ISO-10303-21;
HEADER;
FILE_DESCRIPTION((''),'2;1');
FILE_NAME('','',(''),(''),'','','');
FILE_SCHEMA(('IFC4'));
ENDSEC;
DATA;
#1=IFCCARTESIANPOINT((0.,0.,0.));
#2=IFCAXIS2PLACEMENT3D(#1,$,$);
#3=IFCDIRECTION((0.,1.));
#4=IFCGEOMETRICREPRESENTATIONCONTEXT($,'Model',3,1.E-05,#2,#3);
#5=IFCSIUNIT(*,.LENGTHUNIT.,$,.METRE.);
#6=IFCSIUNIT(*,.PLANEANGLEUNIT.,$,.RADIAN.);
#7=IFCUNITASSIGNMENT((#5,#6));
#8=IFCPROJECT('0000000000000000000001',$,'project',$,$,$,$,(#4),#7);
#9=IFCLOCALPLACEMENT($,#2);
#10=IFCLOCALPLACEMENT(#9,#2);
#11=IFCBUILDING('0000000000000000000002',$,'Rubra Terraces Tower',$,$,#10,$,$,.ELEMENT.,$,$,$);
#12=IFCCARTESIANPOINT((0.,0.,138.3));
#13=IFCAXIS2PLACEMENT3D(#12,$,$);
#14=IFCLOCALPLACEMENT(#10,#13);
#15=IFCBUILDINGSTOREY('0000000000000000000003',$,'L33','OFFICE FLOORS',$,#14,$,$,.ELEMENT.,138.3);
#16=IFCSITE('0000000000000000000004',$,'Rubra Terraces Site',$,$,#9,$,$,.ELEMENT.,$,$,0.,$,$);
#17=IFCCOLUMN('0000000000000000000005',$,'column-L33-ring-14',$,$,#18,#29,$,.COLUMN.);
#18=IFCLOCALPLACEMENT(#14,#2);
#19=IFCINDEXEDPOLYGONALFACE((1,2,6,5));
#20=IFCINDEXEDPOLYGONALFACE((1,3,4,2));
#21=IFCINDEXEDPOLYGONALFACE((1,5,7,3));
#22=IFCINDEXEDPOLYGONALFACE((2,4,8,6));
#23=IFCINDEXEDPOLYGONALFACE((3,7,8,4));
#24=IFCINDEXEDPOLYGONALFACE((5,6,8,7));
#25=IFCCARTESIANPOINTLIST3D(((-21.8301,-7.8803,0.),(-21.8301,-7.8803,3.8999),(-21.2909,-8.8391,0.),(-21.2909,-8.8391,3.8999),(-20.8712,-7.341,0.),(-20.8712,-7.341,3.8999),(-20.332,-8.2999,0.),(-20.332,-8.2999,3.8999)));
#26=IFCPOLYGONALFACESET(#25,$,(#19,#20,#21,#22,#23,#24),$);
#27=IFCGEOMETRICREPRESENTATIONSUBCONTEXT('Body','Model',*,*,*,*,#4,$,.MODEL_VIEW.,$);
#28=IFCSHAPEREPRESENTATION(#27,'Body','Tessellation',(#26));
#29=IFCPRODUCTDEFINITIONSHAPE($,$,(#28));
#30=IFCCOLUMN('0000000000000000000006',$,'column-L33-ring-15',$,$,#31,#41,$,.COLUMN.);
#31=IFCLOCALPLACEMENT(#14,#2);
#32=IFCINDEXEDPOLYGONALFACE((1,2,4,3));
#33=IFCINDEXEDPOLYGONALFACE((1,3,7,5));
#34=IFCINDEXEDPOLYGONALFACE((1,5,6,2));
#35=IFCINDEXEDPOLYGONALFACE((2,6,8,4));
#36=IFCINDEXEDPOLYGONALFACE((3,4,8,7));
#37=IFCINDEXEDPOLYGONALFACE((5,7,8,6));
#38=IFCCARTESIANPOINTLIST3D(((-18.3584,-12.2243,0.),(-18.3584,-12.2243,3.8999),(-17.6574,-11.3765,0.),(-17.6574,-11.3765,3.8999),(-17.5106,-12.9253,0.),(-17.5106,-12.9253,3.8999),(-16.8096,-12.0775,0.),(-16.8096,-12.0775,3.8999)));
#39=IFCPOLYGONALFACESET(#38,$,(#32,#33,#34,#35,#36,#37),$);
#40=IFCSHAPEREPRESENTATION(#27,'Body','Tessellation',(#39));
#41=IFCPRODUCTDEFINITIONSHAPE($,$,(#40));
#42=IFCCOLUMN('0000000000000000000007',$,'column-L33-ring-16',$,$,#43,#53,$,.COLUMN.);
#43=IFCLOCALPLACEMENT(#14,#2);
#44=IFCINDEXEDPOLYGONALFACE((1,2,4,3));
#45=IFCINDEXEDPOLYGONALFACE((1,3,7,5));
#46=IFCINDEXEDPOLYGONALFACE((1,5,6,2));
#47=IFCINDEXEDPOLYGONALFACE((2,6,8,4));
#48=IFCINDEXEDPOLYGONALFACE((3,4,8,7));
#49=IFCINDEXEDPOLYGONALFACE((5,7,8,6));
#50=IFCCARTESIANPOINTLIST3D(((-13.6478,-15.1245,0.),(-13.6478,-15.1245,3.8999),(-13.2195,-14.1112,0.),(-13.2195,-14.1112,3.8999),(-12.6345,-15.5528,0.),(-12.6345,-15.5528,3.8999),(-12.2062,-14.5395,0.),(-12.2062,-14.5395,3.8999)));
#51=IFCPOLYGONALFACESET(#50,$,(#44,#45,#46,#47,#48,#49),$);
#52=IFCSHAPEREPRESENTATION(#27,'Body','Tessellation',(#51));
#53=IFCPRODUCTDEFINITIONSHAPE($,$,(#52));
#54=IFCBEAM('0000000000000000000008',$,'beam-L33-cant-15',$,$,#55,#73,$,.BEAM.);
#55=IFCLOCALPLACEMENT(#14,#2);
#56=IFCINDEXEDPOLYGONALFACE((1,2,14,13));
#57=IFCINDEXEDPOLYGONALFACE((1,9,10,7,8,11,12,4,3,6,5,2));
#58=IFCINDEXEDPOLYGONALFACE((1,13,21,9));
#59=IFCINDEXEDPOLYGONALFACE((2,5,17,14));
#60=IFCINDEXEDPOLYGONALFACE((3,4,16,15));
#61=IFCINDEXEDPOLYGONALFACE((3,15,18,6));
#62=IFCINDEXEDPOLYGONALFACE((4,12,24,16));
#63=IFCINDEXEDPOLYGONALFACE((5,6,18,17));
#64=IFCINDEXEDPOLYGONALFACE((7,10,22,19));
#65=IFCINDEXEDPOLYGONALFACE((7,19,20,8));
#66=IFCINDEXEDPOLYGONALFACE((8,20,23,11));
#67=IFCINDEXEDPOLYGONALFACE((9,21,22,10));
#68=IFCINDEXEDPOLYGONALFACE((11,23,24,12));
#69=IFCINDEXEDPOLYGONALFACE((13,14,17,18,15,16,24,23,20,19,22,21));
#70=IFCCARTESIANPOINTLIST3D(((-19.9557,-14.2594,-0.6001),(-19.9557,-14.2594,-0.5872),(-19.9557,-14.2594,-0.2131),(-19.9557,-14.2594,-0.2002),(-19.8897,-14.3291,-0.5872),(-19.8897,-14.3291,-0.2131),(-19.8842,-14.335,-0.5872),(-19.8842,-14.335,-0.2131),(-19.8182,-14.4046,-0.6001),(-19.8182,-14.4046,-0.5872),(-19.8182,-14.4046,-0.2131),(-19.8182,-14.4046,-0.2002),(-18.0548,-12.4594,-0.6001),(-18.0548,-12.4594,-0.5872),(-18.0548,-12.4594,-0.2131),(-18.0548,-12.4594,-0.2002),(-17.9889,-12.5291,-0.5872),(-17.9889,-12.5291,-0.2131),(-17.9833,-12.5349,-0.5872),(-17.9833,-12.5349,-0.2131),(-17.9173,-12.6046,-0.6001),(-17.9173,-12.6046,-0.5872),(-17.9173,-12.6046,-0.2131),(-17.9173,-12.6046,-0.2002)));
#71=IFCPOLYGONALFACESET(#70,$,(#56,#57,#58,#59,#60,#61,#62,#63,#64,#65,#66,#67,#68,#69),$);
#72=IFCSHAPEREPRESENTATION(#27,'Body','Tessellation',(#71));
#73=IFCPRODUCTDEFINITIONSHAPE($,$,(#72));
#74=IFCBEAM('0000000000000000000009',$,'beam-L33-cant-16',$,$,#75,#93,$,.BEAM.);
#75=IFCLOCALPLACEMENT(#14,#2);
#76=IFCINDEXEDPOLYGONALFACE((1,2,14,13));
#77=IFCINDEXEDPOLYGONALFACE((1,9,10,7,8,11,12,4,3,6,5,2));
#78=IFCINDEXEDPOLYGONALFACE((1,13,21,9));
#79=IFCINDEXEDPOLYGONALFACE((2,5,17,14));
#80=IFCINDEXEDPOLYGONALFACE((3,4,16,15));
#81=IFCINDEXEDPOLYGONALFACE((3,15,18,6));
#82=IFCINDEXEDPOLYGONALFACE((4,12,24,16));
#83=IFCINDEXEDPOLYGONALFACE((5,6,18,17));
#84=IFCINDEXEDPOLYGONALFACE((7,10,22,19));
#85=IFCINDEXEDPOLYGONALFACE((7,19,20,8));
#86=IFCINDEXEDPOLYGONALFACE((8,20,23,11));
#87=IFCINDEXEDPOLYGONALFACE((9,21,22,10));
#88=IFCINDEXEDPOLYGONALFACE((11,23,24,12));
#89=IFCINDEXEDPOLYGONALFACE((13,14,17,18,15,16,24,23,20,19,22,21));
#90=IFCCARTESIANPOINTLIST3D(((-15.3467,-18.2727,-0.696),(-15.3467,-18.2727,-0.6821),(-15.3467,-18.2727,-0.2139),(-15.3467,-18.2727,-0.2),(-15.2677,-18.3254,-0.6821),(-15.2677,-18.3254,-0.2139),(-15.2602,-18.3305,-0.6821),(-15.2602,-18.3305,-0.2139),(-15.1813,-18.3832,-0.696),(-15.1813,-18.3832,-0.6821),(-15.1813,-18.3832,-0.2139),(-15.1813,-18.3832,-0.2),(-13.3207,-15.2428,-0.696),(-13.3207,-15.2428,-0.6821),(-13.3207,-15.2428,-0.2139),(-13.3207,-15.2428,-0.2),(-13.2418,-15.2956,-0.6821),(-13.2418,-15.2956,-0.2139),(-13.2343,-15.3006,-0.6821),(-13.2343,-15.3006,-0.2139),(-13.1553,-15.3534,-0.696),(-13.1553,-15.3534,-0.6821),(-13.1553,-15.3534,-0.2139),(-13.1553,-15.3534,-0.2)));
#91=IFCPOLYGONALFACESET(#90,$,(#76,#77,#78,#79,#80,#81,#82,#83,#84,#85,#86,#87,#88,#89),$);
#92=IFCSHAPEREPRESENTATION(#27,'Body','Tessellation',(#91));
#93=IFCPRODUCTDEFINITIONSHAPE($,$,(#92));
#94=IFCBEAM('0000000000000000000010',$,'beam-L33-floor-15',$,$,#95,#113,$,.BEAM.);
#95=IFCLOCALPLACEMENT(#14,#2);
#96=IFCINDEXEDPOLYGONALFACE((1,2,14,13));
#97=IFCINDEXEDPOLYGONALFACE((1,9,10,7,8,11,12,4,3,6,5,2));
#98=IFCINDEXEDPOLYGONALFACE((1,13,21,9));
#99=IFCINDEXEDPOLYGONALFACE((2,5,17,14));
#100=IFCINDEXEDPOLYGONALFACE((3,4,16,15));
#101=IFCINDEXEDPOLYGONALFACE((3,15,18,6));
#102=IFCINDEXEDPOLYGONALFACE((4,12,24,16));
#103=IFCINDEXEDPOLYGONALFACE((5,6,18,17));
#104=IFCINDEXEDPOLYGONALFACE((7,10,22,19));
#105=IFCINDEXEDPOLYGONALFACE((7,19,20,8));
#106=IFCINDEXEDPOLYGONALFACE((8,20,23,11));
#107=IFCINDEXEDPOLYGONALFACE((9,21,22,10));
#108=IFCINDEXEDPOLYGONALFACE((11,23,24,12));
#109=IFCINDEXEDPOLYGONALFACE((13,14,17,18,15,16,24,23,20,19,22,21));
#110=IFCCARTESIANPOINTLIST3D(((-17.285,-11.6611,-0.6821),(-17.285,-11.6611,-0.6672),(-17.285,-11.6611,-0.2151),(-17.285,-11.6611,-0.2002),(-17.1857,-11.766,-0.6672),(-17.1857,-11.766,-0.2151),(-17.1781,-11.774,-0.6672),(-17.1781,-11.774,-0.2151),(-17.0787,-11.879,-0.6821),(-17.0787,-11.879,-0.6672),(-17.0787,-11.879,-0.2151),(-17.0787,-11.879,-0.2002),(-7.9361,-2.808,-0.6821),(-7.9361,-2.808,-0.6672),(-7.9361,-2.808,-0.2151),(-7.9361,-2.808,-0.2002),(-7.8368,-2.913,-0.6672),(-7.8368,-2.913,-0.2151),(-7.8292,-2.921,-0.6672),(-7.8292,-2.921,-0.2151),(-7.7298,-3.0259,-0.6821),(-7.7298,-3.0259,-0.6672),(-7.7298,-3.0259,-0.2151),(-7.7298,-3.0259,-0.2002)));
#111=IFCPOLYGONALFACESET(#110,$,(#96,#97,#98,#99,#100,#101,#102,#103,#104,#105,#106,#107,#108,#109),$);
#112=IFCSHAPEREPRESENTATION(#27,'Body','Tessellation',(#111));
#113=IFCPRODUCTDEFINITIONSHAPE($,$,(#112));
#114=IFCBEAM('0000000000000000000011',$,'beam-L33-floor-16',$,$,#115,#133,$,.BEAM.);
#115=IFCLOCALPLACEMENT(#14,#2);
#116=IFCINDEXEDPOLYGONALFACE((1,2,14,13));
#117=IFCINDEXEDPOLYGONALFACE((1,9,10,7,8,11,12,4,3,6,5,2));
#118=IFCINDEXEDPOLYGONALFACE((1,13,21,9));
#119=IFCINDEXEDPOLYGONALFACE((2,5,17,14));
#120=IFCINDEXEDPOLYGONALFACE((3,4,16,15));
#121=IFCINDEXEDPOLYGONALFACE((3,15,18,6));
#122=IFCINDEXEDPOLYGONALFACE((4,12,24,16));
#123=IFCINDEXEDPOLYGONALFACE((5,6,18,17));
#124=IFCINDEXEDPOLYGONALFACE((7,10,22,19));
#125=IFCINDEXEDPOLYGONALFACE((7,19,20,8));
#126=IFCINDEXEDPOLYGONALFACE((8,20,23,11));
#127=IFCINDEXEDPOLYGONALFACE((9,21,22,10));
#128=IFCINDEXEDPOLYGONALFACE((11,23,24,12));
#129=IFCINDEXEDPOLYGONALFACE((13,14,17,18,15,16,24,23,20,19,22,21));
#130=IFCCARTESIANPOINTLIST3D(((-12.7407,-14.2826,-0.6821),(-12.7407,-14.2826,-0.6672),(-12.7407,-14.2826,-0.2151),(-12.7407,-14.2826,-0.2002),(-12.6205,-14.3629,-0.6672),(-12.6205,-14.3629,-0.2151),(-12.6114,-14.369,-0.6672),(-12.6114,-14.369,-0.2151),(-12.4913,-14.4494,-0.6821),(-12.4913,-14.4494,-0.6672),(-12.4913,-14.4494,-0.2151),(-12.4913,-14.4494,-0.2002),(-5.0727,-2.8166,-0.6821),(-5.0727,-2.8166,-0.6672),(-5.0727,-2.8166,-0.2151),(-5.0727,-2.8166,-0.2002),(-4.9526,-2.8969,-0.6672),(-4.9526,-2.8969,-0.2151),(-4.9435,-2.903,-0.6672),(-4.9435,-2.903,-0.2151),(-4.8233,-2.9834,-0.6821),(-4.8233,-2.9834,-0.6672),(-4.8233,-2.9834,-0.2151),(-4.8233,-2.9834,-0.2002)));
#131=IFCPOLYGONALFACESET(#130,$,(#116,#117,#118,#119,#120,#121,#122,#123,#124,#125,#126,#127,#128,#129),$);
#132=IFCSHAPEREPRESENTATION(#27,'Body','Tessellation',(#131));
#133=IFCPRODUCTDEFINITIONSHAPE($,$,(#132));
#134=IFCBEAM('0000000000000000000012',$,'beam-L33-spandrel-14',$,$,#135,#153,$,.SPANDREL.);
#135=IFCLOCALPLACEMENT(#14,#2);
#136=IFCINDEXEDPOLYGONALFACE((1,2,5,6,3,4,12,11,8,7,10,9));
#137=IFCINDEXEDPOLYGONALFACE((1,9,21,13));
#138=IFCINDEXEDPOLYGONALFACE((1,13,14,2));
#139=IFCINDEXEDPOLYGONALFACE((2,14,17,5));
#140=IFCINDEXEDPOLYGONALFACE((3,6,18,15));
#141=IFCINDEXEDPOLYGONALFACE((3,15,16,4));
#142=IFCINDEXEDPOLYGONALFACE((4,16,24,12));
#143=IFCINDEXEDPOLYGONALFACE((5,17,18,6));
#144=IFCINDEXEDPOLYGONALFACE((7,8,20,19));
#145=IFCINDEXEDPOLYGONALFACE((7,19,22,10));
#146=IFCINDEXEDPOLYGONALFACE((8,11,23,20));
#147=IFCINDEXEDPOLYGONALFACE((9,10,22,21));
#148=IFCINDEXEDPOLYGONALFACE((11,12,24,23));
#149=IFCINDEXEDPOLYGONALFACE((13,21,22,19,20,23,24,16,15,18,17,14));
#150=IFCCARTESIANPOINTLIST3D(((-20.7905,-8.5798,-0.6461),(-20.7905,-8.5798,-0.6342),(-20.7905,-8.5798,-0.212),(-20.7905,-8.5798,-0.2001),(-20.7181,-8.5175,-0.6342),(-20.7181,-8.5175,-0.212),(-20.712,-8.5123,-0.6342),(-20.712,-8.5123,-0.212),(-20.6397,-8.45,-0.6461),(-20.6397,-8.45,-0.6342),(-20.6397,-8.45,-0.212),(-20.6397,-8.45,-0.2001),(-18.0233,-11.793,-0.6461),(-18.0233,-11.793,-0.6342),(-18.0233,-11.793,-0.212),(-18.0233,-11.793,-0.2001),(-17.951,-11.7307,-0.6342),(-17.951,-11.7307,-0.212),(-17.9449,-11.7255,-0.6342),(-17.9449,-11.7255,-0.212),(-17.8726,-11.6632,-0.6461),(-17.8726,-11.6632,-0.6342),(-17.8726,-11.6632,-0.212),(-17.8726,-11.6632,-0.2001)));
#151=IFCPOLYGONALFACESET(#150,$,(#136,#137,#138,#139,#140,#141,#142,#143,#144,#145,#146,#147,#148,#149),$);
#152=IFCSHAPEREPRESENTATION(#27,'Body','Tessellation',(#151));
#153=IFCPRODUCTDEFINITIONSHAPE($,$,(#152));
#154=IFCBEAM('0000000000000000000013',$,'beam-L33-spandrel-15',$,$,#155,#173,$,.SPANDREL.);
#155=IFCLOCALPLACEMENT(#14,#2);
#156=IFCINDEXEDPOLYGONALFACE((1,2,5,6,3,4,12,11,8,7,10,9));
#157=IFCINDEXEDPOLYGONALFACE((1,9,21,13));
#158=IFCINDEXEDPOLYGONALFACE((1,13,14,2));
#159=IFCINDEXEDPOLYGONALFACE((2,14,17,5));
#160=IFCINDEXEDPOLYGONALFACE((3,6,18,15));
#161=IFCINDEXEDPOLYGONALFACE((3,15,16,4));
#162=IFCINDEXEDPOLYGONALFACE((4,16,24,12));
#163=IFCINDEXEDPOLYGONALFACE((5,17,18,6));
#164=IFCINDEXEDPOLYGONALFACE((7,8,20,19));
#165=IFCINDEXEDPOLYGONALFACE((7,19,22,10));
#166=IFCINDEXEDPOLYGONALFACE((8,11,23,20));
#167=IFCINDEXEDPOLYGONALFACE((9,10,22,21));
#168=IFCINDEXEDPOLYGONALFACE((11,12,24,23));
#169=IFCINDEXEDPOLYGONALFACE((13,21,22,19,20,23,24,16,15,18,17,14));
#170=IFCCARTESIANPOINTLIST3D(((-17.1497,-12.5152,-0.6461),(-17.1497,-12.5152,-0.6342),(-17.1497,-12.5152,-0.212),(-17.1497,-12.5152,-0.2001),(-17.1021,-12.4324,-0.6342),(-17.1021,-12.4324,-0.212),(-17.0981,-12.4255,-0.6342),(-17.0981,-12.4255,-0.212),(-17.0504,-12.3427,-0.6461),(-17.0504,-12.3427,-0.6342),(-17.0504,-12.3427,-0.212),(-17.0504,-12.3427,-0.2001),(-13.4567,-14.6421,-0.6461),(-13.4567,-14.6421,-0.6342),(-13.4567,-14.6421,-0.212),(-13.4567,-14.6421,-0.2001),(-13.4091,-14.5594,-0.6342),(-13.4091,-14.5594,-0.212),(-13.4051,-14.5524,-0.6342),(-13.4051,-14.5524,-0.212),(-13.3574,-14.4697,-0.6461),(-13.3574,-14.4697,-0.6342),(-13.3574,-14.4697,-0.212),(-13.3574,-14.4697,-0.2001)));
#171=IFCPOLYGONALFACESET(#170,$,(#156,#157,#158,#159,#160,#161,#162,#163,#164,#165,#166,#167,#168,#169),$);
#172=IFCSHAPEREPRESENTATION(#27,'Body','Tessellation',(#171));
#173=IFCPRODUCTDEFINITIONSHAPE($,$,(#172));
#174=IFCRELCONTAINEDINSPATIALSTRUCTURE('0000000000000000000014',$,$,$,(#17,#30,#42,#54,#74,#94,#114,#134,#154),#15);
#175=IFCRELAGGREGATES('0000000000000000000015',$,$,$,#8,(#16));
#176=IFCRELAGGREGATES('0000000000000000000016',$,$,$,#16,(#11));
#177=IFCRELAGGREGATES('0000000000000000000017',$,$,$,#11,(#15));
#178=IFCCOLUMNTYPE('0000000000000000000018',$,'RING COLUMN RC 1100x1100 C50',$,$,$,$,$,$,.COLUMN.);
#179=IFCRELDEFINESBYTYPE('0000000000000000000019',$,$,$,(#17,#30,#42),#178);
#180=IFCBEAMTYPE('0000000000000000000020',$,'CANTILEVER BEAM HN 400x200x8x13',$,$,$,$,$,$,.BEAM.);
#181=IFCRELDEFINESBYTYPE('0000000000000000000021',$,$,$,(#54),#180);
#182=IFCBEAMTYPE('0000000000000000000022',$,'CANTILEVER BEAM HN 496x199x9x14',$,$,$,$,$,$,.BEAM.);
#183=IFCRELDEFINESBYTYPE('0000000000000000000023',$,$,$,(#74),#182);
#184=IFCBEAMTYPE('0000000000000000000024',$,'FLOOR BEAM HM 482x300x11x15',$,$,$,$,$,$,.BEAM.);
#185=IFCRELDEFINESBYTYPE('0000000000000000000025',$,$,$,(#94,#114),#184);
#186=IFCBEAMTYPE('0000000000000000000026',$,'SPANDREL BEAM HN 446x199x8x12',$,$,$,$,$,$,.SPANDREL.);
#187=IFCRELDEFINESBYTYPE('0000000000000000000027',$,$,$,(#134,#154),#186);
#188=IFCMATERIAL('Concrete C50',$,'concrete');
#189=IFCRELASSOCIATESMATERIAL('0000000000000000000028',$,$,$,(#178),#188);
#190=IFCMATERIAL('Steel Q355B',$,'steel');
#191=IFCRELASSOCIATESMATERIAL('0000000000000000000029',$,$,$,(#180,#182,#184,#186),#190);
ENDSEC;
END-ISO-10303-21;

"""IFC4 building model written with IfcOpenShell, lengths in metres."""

from ifc_helpers import new_model, si_unit, direction, frame, origin, origin_2d, place, context, subcontext, project, spatial, rectangle, i_section, extrude, material, material_profile, profile_set, type_object, element, save


model = new_model("IFC4")

# Units and contexts
model_context = context("Model", 3, precision=1e-05, world=origin(), true_north=direction((0.0, 1.0)))
body_context = subcontext(model_context, "Body", "Model", "MODEL_VIEW")
ifc_project = project(units=[si_unit("LENGTHUNIT", "METRE"), si_unit("PLANEANGLEUNIT", "RADIAN")], contexts=[model_context])

# Site, building, storey
site_placement = place(None, origin())
site = spatial("IfcSite", under=ifc_project, at=site_placement, Name="Rubra Terraces Site", CompositionType="ELEMENT", RefElevation=0.0)
building_placement = place(site_placement, origin())
building = spatial("IfcBuilding", under=site, at=building_placement, Name="Rubra Terraces Tower", CompositionType="ELEMENT")
storey_placement = place(building_placement, frame((0.0, 0.0, 138.3)))
storey = spatial("IfcBuildingStorey", under=building, at=storey_placement, Name="L33", Description="OFFICE FLOORS", CompositionType="ELEMENT", Elevation=138.3)

# Columns
ifc_material_1 = material(Name="Concrete C50", Category="concrete")
ifc_material_profile_1 = material_profile(ifc_material_1, rectangle(XDim=1.1001, YDim=1.1001, at=origin_2d()), Name="RC 1100x1100")
ifc_profile_set_1 = profile_set([ifc_material_profile_1], Name="Concrete C50")
column_type = type_object("IfcColumnType", Name="RING COLUMN RC 1100x1100 C50", PredefinedType="COLUMN", material=ifc_profile_set_1)
for number, where, z_axis, x_axis, name in (
    (1, (-21.0811, -8.0901, 0.0), (0.0, 0.0, 1.0), (0.490162, -0.871631, 0.0), "column-L33-ring-14"),
    (2, (-17.584, -12.1509, 0.0), (0.0, 0.0, 1.0), (0.770679, -0.637223, 0.0), "column-L33-ring-15"),
    (3, (-12.927, -14.832, 0.0), (0.0, 0.0, 1.0), (0.921106, -0.389313, 0.0), "column-L33-ring-16"),
):
    element("IfcColumn", number, at=place(storey_placement, frame(where, z_axis=z_axis, x_axis=x_axis)), inside=storey, type_object=column_type, Name=name, PredefinedType="COLUMN", context=body_context, shape_type="SweptSolid", body=[
        extrude(rectangle(XDim=1.1001, YDim=1.1001, at=origin_2d()), origin(), (0.0, 0.0, 1.0), 3.8999),
    ])

# Beams
ifc_material_2 = material(Name="Steel Q355B", Category="steel")
ifc_material_profile_2 = material_profile(ifc_material_2, i_section(OverallWidth=0.2, OverallDepth=0.3999, WebThickness=0.0081, FlangeThickness=0.0129, at=origin_2d()), Name="HN 400x200x8x13")
ifc_profile_set_2 = profile_set([ifc_material_profile_2], Name="Steel Q355B")
beam_type_1 = type_object("IfcBeamType", Name="CANTILEVER BEAM HN 400x200x8x13", PredefinedType="BEAM", material=ifc_profile_set_2)
beam_1_placement = place(storey_placement, frame((-17.9861, -12.532, -0.4001), z_axis=(-0.726102, -0.687587, 0.0), x_axis=(0.687587, -0.726102, 0.0)))
element("IfcBeam", 4, at=beam_1_placement, inside=storey, type_object=beam_type_1, Name="beam-L33-cant-15", PredefinedType="BEAM", context=body_context, shape_type="SweptSolid", body=[
    extrude(i_section(OverallWidth=0.2, OverallDepth=0.3999, WebThickness=0.0081, FlangeThickness=0.0129, at=origin_2d()), origin(), (0.0, 0.0, 1.0), 2.6179),
])
ifc_material_profile_3 = material_profile(ifc_material_2, i_section(OverallWidth=0.199, OverallDepth=0.4961, WebThickness=0.009, FlangeThickness=0.0139, at=origin_2d()), Name="HN 496x199x9x14")
ifc_profile_set_3 = profile_set([ifc_material_profile_3], Name="Steel Q355B")
beam_type_2 = type_object("IfcBeamType", Name="CANTILEVER BEAM HN 496x199x9x14", PredefinedType="BEAM", material=ifc_profile_set_3)
beam_2_placement = place(storey_placement, frame((-13.238, -15.2981, -0.448), z_axis=(-0.555844, -0.831287, 0.0), x_axis=(0.831287, -0.555844, 0.0)))
element("IfcBeam", 5, at=beam_2_placement, inside=storey, type_object=beam_type_2, Name="beam-L33-cant-16", PredefinedType="BEAM", context=body_context, shape_type="SweptSolid", body=[
    extrude(i_section(OverallWidth=0.199, OverallDepth=0.4961, WebThickness=0.009, FlangeThickness=0.0139, at=origin_2d()), origin(), (0.0, 0.0, 1.0), 3.6448),
])
ifc_material_profile_4 = material_profile(ifc_material_2, i_section(OverallWidth=0.3, OverallDepth=0.4819, WebThickness=0.011, FlangeThickness=0.0149, at=origin_2d()), Name="HM 482x300x11x15")
ifc_profile_set_4 = profile_set([ifc_material_profile_4], Name="Steel Q355B")
beam_type_3 = type_object("IfcBeamType", Name="FLOOR BEAM HM 482x300x11x15", PredefinedType="BEAM", material=ifc_profile_set_4)
beam_3_placement = place(storey_placement, frame((-17.1819, -11.77, -0.4412), z_axis=(0.7261, 0.687589, 0.0), x_axis=(-0.687589, 0.7261, 0.0)))
element("IfcBeam", 6, at=beam_3_placement, inside=storey, type_object=beam_type_3, Name="beam-L33-floor-15", PredefinedType="BEAM", context=body_context, shape_type="SweptSolid", body=[
    extrude(i_section(OverallWidth=0.3, OverallDepth=0.4819, WebThickness=0.011, FlangeThickness=0.0149, at=origin_2d()), origin(), (0.0, 0.0, 1.0), 12.8755),
])
beam_4_placement = place(storey_placement, frame((-12.616, -14.366, -0.4412), z_axis=(0.5559, 0.831249, 0.0), x_axis=(-0.831249, 0.5559, 0.0)))
element("IfcBeam", 7, at=beam_4_placement, inside=storey, type_object=beam_type_3, Name="beam-L33-floor-16", PredefinedType="BEAM", context=body_context, shape_type="SweptSolid", body=[
    extrude(i_section(OverallWidth=0.3, OverallDepth=0.4819, WebThickness=0.011, FlangeThickness=0.0149, at=origin_2d()), origin(), (0.0, 0.0, 1.0), 13.7937),
])
ifc_material_profile_5 = material_profile(ifc_material_2, i_section(OverallWidth=0.199, OverallDepth=0.446, WebThickness=0.0081, FlangeThickness=0.012, at=origin_2d()), Name="HN 446x199x8x12")
ifc_profile_set_5 = profile_set([ifc_material_profile_5], Name="Steel Q355B")
beam_type_4 = type_object("IfcBeamType", Name="SPANDREL BEAM HN 446x199x8x12", PredefinedType="SPANDREL", material=ifc_profile_set_5)
beam_5_placement = place(storey_placement, frame((-20.7151, -8.5149, -0.4231), z_axis=(0.652553, -0.757743, 0.0), x_axis=(0.757743, 0.652553, 0.0)))
element("IfcBeam", 8, at=beam_5_placement, inside=storey, type_object=beam_type_4, Name="beam-L33-spandrel-14", PredefinedType="SPANDREL", context=body_context, shape_type="SweptSolid", body=[
    extrude(i_section(OverallWidth=0.199, OverallDepth=0.446, WebThickness=0.0081, FlangeThickness=0.012, at=origin_2d()), origin(), (0.0, 0.0, 1.0), 4.2405),
])
beam_6_placement = place(storey_placement, frame((-17.1001, -12.429, -0.4231), z_axis=(0.86656, -0.499073, 0.0), x_axis=(0.499073, 0.86656, 0.0)))
element("IfcBeam", 9, at=beam_6_placement, inside=storey, type_object=beam_type_4, Name="beam-L33-spandrel-15", PredefinedType="SPANDREL", context=body_context, shape_type="SweptSolid", body=[
    extrude(i_section(OverallWidth=0.199, OverallDepth=0.446, WebThickness=0.0081, FlangeThickness=0.012, at=origin_2d()), origin(), (0.0, 0.0, 1.0), 4.2617),
])

save(model, "model.ifc")
